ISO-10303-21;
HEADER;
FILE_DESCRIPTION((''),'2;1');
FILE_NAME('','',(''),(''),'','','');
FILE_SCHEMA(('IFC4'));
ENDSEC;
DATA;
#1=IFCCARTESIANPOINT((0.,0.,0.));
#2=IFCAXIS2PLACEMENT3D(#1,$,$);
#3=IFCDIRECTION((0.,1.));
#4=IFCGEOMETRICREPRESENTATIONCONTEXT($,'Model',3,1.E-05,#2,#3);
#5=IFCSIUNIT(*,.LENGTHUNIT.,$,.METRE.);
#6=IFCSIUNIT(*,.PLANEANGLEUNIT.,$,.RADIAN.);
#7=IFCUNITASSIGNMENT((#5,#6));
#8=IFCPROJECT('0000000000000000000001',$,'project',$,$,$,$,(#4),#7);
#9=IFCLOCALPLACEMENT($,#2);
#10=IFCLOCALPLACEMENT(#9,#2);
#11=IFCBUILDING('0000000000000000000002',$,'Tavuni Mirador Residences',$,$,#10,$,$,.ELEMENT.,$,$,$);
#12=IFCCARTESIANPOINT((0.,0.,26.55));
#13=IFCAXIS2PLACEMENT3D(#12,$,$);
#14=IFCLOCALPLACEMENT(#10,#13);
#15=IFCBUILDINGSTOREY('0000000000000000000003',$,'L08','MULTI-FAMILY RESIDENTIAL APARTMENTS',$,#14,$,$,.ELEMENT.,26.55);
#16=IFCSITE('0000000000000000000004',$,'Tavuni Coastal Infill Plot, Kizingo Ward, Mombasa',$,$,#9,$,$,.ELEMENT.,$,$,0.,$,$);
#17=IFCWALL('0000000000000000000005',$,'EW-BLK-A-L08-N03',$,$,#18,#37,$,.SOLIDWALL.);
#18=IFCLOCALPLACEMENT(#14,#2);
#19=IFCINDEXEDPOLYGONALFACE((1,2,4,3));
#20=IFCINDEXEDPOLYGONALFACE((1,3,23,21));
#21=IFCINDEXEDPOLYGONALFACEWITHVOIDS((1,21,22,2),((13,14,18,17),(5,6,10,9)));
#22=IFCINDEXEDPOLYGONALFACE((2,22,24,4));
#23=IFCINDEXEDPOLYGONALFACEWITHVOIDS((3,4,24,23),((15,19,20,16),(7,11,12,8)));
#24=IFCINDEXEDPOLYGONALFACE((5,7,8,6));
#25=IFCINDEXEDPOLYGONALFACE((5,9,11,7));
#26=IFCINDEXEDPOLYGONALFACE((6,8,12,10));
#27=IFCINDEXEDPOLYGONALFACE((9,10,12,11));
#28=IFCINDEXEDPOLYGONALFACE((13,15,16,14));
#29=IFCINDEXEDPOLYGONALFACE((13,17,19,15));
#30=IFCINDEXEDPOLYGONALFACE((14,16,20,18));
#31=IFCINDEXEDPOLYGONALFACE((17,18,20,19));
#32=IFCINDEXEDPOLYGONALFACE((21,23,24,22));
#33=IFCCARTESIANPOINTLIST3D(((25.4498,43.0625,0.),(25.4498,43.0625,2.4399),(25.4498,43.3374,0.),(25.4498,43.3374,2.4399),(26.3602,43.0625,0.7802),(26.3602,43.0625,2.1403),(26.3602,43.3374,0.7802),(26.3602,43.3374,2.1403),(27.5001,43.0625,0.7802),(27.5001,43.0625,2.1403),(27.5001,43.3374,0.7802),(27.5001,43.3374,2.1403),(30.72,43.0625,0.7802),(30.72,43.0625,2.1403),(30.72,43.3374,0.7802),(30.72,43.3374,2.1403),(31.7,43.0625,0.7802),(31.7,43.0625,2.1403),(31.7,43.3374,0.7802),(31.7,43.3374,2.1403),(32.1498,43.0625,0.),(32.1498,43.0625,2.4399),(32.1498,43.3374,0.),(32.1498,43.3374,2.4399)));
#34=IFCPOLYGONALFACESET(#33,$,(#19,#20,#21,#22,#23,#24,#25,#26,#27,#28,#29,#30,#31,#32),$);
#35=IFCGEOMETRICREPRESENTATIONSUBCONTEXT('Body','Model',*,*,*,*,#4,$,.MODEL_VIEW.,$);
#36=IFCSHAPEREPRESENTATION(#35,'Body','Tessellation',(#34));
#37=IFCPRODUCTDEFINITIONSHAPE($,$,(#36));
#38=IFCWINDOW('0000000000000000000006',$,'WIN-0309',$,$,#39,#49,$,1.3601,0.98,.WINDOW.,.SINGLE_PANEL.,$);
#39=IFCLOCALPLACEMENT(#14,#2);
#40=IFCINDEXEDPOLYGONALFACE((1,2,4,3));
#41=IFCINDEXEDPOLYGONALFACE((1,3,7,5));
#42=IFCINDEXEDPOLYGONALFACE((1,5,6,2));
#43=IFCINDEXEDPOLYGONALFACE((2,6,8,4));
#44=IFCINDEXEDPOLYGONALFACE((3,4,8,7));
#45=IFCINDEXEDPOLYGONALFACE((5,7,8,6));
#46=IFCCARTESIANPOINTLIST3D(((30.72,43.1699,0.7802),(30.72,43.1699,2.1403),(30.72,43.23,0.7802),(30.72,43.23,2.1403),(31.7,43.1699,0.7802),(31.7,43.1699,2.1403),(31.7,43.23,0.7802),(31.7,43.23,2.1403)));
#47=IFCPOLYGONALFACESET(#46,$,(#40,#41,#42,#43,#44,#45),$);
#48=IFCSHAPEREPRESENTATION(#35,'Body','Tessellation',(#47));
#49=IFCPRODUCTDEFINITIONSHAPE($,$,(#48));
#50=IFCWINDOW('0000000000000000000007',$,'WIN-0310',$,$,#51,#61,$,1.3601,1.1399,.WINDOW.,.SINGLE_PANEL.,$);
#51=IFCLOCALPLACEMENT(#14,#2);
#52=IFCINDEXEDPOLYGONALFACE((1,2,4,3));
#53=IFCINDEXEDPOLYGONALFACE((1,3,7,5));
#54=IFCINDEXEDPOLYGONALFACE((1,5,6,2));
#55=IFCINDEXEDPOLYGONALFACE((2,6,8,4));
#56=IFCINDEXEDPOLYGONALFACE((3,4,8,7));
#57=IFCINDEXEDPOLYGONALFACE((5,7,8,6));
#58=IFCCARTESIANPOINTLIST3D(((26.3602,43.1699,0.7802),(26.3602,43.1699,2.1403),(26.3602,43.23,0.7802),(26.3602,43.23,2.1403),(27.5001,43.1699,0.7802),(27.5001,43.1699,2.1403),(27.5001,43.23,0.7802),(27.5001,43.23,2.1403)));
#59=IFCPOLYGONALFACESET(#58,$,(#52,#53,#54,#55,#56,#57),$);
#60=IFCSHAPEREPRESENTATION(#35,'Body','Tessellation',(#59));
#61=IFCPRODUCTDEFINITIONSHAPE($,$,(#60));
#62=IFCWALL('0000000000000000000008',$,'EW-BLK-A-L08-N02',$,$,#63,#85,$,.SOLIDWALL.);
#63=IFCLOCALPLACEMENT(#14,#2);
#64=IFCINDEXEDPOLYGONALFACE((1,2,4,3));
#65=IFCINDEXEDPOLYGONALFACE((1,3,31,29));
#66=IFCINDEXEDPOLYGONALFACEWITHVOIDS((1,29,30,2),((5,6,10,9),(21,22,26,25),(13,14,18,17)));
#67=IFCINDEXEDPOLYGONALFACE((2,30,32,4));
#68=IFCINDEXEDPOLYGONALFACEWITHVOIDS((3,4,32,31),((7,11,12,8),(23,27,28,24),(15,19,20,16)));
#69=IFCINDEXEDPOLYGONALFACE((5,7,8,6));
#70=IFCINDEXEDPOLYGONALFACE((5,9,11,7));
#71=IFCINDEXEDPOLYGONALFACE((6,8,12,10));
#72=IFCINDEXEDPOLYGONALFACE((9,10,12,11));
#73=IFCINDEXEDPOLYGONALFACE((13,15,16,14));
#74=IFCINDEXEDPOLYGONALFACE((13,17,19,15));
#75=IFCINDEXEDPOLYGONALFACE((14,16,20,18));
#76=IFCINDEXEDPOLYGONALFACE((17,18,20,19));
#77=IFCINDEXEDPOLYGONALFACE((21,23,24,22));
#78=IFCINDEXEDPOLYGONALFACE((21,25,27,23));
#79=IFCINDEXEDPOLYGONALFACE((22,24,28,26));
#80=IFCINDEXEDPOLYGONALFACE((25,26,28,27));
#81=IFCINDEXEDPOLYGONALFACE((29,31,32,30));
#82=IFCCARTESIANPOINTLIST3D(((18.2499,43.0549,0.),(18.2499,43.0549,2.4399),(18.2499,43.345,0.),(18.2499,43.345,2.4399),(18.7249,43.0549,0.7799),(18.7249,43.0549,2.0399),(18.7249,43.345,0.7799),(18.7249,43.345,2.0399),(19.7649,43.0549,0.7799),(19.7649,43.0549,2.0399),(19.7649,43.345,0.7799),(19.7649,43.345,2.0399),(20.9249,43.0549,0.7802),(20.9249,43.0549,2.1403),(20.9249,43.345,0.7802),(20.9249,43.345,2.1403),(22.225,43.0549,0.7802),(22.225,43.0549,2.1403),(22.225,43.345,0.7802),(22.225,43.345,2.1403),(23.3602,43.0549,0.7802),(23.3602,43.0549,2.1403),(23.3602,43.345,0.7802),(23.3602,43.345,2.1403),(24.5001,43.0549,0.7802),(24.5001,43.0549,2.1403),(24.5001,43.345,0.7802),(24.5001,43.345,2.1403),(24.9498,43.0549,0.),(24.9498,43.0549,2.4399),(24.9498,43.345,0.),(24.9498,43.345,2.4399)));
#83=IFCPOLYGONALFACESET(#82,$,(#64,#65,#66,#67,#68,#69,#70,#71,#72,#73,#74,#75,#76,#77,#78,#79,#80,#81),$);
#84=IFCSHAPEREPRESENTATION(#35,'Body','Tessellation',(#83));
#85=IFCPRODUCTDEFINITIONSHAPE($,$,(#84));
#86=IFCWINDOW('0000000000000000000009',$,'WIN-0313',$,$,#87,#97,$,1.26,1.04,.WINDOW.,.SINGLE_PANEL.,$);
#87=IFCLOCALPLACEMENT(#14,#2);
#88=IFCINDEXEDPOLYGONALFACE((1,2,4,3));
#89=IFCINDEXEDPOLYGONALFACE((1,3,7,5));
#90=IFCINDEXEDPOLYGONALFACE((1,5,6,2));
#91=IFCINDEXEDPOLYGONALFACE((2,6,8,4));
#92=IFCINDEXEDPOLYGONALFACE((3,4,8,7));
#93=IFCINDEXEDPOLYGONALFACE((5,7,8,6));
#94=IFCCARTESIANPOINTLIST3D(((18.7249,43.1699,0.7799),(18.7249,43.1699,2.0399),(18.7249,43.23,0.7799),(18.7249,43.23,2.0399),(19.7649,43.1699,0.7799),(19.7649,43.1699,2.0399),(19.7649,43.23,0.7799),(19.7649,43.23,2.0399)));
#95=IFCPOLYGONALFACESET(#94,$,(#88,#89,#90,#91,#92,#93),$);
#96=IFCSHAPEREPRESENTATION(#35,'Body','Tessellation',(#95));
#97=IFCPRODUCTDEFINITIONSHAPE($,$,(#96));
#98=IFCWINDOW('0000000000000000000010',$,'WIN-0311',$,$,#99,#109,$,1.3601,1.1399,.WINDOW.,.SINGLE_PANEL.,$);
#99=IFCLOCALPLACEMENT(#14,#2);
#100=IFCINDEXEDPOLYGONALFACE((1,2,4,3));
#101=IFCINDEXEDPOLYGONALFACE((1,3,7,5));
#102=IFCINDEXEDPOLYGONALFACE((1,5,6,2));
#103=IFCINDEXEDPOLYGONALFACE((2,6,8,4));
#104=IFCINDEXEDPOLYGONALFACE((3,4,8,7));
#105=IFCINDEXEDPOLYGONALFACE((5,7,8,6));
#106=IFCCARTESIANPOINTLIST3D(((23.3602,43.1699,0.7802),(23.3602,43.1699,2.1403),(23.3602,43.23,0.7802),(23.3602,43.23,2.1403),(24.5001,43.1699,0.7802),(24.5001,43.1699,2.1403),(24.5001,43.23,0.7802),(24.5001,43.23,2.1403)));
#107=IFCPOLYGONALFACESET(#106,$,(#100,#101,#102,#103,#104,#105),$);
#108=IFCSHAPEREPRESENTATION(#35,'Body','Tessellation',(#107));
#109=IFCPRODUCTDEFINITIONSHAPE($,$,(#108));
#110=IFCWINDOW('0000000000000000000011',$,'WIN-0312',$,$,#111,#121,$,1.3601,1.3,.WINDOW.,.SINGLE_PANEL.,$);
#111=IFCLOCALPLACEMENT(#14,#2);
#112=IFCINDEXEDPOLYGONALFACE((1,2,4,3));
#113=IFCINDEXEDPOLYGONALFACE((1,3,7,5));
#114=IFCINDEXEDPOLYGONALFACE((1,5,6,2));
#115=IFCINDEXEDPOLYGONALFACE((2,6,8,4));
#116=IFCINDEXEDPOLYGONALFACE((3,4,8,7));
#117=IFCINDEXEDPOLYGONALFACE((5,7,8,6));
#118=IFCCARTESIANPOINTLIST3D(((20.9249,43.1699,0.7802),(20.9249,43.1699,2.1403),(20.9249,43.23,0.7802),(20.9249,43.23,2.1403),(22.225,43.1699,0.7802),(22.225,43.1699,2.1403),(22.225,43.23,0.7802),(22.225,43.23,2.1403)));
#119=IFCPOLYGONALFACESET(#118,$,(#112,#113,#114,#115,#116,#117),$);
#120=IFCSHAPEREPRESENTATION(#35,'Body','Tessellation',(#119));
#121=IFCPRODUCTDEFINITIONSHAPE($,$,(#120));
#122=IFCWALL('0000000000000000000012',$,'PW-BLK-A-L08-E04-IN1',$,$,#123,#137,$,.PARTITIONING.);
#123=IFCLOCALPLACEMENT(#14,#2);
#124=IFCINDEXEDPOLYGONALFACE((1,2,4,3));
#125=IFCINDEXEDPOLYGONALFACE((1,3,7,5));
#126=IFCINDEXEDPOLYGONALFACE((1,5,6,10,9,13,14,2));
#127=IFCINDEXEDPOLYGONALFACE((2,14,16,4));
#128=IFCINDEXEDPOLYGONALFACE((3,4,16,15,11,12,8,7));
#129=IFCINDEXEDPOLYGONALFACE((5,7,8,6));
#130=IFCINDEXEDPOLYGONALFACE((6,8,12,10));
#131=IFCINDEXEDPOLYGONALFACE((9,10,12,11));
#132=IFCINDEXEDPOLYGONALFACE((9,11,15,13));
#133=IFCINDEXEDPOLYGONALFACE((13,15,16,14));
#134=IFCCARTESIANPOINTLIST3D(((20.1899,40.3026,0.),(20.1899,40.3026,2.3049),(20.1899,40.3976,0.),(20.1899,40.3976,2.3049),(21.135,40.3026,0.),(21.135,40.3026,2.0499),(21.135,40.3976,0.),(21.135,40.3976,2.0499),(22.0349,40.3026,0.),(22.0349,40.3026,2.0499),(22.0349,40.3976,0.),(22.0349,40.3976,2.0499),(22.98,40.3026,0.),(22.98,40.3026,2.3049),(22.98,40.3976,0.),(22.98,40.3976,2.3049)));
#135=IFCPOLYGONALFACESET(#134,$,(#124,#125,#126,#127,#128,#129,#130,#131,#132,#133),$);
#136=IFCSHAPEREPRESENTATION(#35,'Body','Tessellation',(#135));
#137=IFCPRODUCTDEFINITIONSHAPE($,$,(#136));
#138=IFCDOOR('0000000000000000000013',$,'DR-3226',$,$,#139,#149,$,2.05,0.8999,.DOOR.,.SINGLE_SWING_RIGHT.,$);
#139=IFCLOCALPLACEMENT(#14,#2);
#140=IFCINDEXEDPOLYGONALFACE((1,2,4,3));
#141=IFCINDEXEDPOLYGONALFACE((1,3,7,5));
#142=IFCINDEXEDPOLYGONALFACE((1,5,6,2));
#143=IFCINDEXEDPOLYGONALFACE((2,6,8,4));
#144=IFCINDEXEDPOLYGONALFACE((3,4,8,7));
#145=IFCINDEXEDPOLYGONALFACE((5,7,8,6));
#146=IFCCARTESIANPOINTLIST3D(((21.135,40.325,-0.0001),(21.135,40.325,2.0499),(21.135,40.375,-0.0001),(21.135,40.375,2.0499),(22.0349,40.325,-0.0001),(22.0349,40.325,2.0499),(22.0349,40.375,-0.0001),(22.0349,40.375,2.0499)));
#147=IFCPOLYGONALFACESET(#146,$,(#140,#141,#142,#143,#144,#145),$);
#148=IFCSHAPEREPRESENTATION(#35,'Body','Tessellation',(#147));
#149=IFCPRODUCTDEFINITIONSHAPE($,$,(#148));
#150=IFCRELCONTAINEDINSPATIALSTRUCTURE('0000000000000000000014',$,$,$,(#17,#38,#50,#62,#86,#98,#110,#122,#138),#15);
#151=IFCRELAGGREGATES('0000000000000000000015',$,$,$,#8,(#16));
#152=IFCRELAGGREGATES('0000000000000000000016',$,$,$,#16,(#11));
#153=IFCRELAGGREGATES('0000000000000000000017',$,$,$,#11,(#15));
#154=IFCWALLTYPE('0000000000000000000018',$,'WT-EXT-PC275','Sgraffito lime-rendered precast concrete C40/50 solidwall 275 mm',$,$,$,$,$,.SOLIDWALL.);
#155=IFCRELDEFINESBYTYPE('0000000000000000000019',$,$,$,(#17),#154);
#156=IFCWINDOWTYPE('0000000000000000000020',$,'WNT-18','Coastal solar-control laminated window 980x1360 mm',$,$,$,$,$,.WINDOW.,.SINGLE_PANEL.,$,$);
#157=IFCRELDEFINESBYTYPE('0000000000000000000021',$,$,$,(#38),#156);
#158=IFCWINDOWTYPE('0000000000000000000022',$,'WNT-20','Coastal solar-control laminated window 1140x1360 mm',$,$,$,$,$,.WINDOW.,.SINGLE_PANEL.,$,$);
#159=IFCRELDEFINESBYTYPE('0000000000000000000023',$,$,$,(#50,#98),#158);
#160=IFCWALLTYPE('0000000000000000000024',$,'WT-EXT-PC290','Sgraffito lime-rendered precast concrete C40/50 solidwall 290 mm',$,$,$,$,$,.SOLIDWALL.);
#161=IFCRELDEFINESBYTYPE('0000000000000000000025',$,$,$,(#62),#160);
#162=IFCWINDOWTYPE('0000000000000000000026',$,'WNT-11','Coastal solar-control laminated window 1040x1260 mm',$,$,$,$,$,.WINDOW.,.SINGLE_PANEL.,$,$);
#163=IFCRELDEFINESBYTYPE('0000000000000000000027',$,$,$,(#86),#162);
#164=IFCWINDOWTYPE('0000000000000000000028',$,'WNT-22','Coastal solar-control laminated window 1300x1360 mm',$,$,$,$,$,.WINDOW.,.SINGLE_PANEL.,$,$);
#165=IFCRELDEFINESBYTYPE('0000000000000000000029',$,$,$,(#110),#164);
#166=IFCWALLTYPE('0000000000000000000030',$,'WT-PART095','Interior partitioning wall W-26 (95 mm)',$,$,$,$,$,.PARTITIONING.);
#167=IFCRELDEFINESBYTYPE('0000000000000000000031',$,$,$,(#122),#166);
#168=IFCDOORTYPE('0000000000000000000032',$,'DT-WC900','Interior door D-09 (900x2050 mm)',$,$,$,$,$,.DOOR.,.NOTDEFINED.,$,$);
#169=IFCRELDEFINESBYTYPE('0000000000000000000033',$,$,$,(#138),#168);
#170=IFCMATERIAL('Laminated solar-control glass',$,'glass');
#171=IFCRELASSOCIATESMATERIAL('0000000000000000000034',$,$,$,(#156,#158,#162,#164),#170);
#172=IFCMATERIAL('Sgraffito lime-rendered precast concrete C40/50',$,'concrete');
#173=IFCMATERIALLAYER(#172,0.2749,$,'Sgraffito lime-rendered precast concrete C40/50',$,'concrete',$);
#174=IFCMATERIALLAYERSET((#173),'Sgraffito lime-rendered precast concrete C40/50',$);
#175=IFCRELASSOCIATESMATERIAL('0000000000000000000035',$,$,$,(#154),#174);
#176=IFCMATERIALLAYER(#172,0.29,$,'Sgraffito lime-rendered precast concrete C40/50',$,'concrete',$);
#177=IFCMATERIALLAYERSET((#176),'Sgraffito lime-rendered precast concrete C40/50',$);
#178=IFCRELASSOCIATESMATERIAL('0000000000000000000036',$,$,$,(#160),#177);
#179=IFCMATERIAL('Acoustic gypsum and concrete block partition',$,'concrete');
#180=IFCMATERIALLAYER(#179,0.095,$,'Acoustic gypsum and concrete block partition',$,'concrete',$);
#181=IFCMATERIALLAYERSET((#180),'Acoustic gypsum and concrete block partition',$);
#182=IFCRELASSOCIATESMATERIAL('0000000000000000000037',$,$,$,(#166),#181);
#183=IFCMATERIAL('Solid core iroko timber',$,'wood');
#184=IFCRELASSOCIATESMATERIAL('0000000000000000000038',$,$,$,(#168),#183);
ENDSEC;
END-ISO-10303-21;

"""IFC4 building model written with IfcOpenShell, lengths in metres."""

from ifc_helpers import new_model, si_unit, direction, frame, frame_2d, origin, place, context, subcontext, project, spatial, rectangle, extrude, material, layer, layer_set, type_object, element, fill, save


model = new_model("IFC4")

# Units and contexts
model_context = context("Model", 3, precision=1e-05, world=origin(), true_north=direction((0.0, 1.0)))
body_context = subcontext(model_context, "Body", "Model", "MODEL_VIEW")
ifc_project = project(units=[si_unit("LENGTHUNIT", "METRE"), si_unit("PLANEANGLEUNIT", "RADIAN")], contexts=[model_context])

# Site, building, storey
site_placement = place(None, origin())
site = spatial("IfcSite", under=ifc_project, at=site_placement, Name="Tavuni Coastal Infill Plot, Kizingo Ward, Mombasa", CompositionType="ELEMENT", RefElevation=0.0)
building_placement = place(site_placement, origin())
building = spatial("IfcBuilding", under=site, at=building_placement, Name="Tavuni Mirador Residences", CompositionType="ELEMENT")
storey_placement = place(building_placement, frame((0.0, 0.0, 26.55)))
storey = spatial("IfcBuildingStorey", under=building, at=storey_placement, Name="L08", Description="MULTI-FAMILY RESIDENTIAL APARTMENTS", CompositionType="ELEMENT", Elevation=26.55)

# Shared definitions
ifc_material_1 = material(Name="Solid core iroko timber", Category="wood")

# Walls, openings, windows
ifc_material_2 = material(Name="Sgraffito lime-rendered precast concrete C40/50", Category="concrete")
ifc_material_3 = material(Name="Laminated solar-control glass", Category="glass")
window_type_1 = type_object("IfcWindowType", Name="WNT-18", Description="Coastal solar-control laminated window 980x1360 mm", PartitioningType="SINGLE_PANEL", PredefinedType="WINDOW", material=ifc_material_3)
ifc_layer_1 = layer(ifc_material_2, 0.2749, Name="Sgraffito lime-rendered precast concrete C40/50", Category="concrete")
ifc_layer_set_1 = layer_set([ifc_layer_1], Name="Sgraffito lime-rendered precast concrete C40/50")
wall_type_1 = type_object("IfcWallType", Name="WT-EXT-PC275", Description="Sgraffito lime-rendered precast concrete C40/50 solidwall 275 mm", PredefinedType="SOLIDWALL", material=ifc_layer_set_1)
wall_1_placement = place(storey_placement, frame((32.1499, 43.2, 0.0), z_axis=(0.0, 0.0, 1.0), x_axis=(-1.0, 0.0, 0.0)))
wall_1 = element("IfcWall", 1, at=wall_1_placement, inside=storey, type_object=wall_type_1, Name="EW-BLK-A-L08-N03", PredefinedType="SOLIDWALL", context=body_context, shape_type="SweptSolid", body=[
    extrude(rectangle(XDim=6.7, YDim=0.2749, at=frame_2d((3.3501, 0.0))), origin(), (0.0, 0.0, 1.0), 2.4399),
])
opening_1_placement = place(wall_1_placement, frame((0.45, 0.0, 0.78)))
opening_1 = element("IfcOpeningElement", 2, at=opening_1_placement, cuts=wall_1, PredefinedType="OPENING", context=body_context, shape_type="SweptSolid", body=[
    extrude(rectangle(XDim=0.98, YDim=1.3601, at=frame_2d((0.49, 0.6802))), frame((0.0, 0.1475, 0.0), z_axis=(0.0, -1.0, 0.0), x_axis=(1.0, 0.0, 0.0)), (0.0, 0.0, 1.0), 0.2949),
])
opening_2_placement = place(wall_1_placement, frame((4.6499, 0.0, 0.78)))
opening_2 = element("IfcOpeningElement", 3, at=opening_2_placement, cuts=wall_1, PredefinedType="OPENING", context=body_context, shape_type="SweptSolid", body=[
    extrude(rectangle(XDim=1.1399, YDim=1.3601, at=frame_2d((0.5698, 0.6802))), frame((0.0, 0.1475, 0.0), z_axis=(0.0, -1.0, 0.0), x_axis=(1.0, 0.0, 0.0)), (0.0, 0.0, 1.0), 0.2949),
])
window_1_placement = place(opening_1_placement, origin())
window_1 = element("IfcWindow", 4, at=window_1_placement, inside=storey, type_object=window_type_1, Name="WIN-0309", OverallHeight=1.3601, OverallWidth=0.98, PartitioningType="SINGLE_PANEL", PredefinedType="WINDOW", context=body_context, shape_type="SweptSolid", body=[
    extrude(rectangle(XDim=0.98, YDim=1.3601, at=frame_2d((0.49, 0.6802))), frame((0.0, 0.03, 0.0), z_axis=(0.0, -1.0, 0.0), x_axis=(1.0, 0.0, 0.0)), (0.0, 0.0, 1.0), 0.0601),
])
fill(opening_1, window_1)
window_type_2 = type_object("IfcWindowType", Name="WNT-20", Description="Coastal solar-control laminated window 1140x1360 mm", PartitioningType="SINGLE_PANEL", PredefinedType="WINDOW", material=ifc_material_3)
window_2_placement = place(opening_2_placement, origin())
window_2 = element("IfcWindow", 5, at=window_2_placement, inside=storey, type_object=window_type_2, Name="WIN-0310", OverallHeight=1.3601, OverallWidth=1.1399, PartitioningType="SINGLE_PANEL", PredefinedType="WINDOW", context=body_context, shape_type="SweptSolid", body=[
    extrude(rectangle(XDim=1.1399, YDim=1.3601, at=frame_2d((0.5698, 0.6802))), frame((0.0, 0.03, 0.0), z_axis=(0.0, -1.0, 0.0), x_axis=(1.0, 0.0, 0.0)), (0.0, 0.0, 1.0), 0.0601),
])
fill(opening_2, window_2)
ifc_layer_2 = layer(ifc_material_2, 0.29, Name="Sgraffito lime-rendered precast concrete C40/50", Category="concrete")
ifc_layer_set_2 = layer_set([ifc_layer_2], Name="Sgraffito lime-rendered precast concrete C40/50")
wall_type_2 = type_object("IfcWallType", Name="WT-EXT-PC290", Description="Sgraffito lime-rendered precast concrete C40/50 solidwall 290 mm", PredefinedType="SOLIDWALL", material=ifc_layer_set_2)
wall_2_placement = place(storey_placement, frame((24.95, 43.2, 0.0), z_axis=(0.0, 0.0, 1.0), x_axis=(-1.0, 0.0, 0.0)))
wall_2 = element("IfcWall", 6, at=wall_2_placement, inside=storey, type_object=wall_type_2, Name="EW-BLK-A-L08-N02", PredefinedType="SOLIDWALL", context=body_context, shape_type="SweptSolid", body=[
    extrude(rectangle(XDim=6.7, YDim=0.29, at=frame_2d((3.3501, 0.0))), origin(), (0.0, 0.0, 1.0), 2.4399),
])
opening_3_placement = place(wall_2_placement, frame((0.45, 0.0, 0.78)))
opening_3 = element("IfcOpeningElement", 7, at=opening_3_placement, cuts=wall_2, PredefinedType="OPENING", context=body_context, shape_type="SweptSolid", body=[
    extrude(rectangle(XDim=1.1399, YDim=1.3601, at=frame_2d((0.5698, 0.6802))), frame((0.0, 0.155, 0.0), z_axis=(0.0, -1.0, 0.0), x_axis=(1.0, 0.0, 0.0)), (0.0, 0.0, 1.0), 0.3101),
])
opening_4_placement = place(wall_2_placement, frame((2.7251, 0.0, 0.78)))
opening_4 = element("IfcOpeningElement", 8, at=opening_4_placement, cuts=wall_2, PredefinedType="OPENING", context=body_context, shape_type="SweptSolid", body=[
    extrude(rectangle(XDim=1.3, YDim=1.3601, at=frame_2d((0.6499, 0.6802))), frame((0.0, 0.155, 0.0), z_axis=(0.0, -1.0, 0.0), x_axis=(1.0, 0.0, 0.0)), (0.0, 0.0, 1.0), 0.3101),
])
opening_5_placement = place(wall_2_placement, frame((5.1851, 0.0, 0.78)))
opening_5 = element("IfcOpeningElement", 9, at=opening_5_placement, cuts=wall_2, PredefinedType="OPENING", context=body_context, shape_type="SweptSolid", body=[
    extrude(rectangle(XDim=1.04, YDim=1.26, at=frame_2d((0.52, 0.6299))), frame((0.0, 0.155, 0.0), z_axis=(0.0, -1.0, 0.0), x_axis=(1.0, 0.0, 0.0)), (0.0, 0.0, 1.0), 0.3101),
])
window_type_3 = type_object("IfcWindowType", Name="WNT-11", Description="Coastal solar-control laminated window 1040x1260 mm", PartitioningType="SINGLE_PANEL", PredefinedType="WINDOW", material=ifc_material_3)
window_3_placement = place(opening_5_placement, origin())
window_3 = element("IfcWindow", 10, at=window_3_placement, inside=storey, type_object=window_type_3, Name="WIN-0313", OverallHeight=1.26, OverallWidth=1.04, PartitioningType="SINGLE_PANEL", PredefinedType="WINDOW", context=body_context, shape_type="SweptSolid", body=[
    extrude(rectangle(XDim=1.04, YDim=1.26, at=frame_2d((0.52, 0.6299))), frame((0.0, 0.03, 0.0), z_axis=(0.0, -1.0, 0.0), x_axis=(1.0, 0.0, 0.0)), (0.0, 0.0, 1.0), 0.0601),
])
fill(opening_5, window_3)
window_4_placement = place(opening_3_placement, origin())
window_4 = element("IfcWindow", 11, at=window_4_placement, inside=storey, type_object=window_type_2, Name="WIN-0311", OverallHeight=1.3601, OverallWidth=1.1399, PartitioningType="SINGLE_PANEL", PredefinedType="WINDOW", context=body_context, shape_type="SweptSolid", body=[
    extrude(rectangle(XDim=1.1399, YDim=1.3601, at=frame_2d((0.5698, 0.6802))), frame((0.0, 0.03, 0.0), z_axis=(0.0, -1.0, 0.0), x_axis=(1.0, 0.0, 0.0)), (0.0, 0.0, 1.0), 0.0601),
])
fill(opening_3, window_4)
window_type_4 = type_object("IfcWindowType", Name="WNT-22", Description="Coastal solar-control laminated window 1300x1360 mm", PartitioningType="SINGLE_PANEL", PredefinedType="WINDOW", material=ifc_material_3)
window_5_placement = place(opening_4_placement, origin())
window_5 = element("IfcWindow", 12, at=window_5_placement, inside=storey, type_object=window_type_4, Name="WIN-0312", OverallHeight=1.3601, OverallWidth=1.3, PartitioningType="SINGLE_PANEL", PredefinedType="WINDOW", context=body_context, shape_type="SweptSolid", body=[
    extrude(rectangle(XDim=1.3, YDim=1.3601, at=frame_2d((0.6499, 0.6802))), frame((0.0, 0.03, 0.0), z_axis=(0.0, -1.0, 0.0), x_axis=(1.0, 0.0, 0.0)), (0.0, 0.0, 1.0), 0.0601),
])
fill(opening_4, window_5)

# Wall, opening, door
ifc_material_4 = material(Name="Acoustic gypsum and concrete block partition", Category="concrete")
ifc_layer_3 = layer(ifc_material_4, 0.095, Name="Acoustic gypsum and concrete block partition", Category="concrete")
ifc_layer_set_3 = layer_set([ifc_layer_3], Name="Acoustic gypsum and concrete block partition")
wall_type_3 = type_object("IfcWallType", Name="WT-PART095", Description="Interior partitioning wall W-26 (95 mm)", PredefinedType="PARTITIONING", material=ifc_layer_set_3)
wall_3_placement = place(storey_placement, frame((20.1899, 40.3501, 0.0), z_axis=(0.0, 0.0, 1.0), x_axis=(1.0, 0.0, 0.0)))
wall_3 = element("IfcWall", 13, at=wall_3_placement, inside=storey, type_object=wall_type_3, Name="PW-BLK-A-L08-E04-IN1", PredefinedType="PARTITIONING", context=body_context, shape_type="SweptSolid", body=[
    extrude(rectangle(XDim=2.79, YDim=0.095, at=frame_2d((1.395, 0.0))), origin(), (0.0, 0.0, 1.0), 2.3049),
])
opening_6_placement = place(wall_3_placement, frame((0.9451, 0.0, 0.0)))
opening_6 = element("IfcOpeningElement", 14, at=opening_6_placement, cuts=wall_3, PredefinedType="OPENING", context=body_context, shape_type="SweptSolid", body=[
    extrude(rectangle(XDim=0.8999, YDim=2.05, at=frame_2d((0.45, 1.0249))), frame((0.0, 0.0576, 0.0), z_axis=(0.0, -1.0, 0.0), x_axis=(1.0, 0.0, 0.0)), (0.0, 0.0, 1.0), 0.115),
])
door_type_1 = type_object("IfcDoorType", Name="DT-WC900", Description="Interior door D-09 (900x2050 mm)", OperationType="NOTDEFINED", PredefinedType="DOOR", material=ifc_material_1)
door_1_placement = place(opening_6_placement, origin())
door_1 = element("IfcDoor", 15, at=door_1_placement, inside=storey, type_object=door_type_1, Name="DR-3226", OperationType="SINGLE_SWING_RIGHT", OverallHeight=2.05, OverallWidth=0.8999, PredefinedType="DOOR", context=body_context, shape_type="SweptSolid", body=[
    extrude(rectangle(XDim=0.8999, YDim=2.05, at=frame_2d((0.45, 1.0249))), frame((0.0, 0.0249, 0.0), z_axis=(0.0, -1.0, 0.0), x_axis=(1.0, 0.0, 0.0)), (0.0, 0.0, 1.0), 0.05),
])
fill(opening_6, door_1)

save(model, "model.ifc")
